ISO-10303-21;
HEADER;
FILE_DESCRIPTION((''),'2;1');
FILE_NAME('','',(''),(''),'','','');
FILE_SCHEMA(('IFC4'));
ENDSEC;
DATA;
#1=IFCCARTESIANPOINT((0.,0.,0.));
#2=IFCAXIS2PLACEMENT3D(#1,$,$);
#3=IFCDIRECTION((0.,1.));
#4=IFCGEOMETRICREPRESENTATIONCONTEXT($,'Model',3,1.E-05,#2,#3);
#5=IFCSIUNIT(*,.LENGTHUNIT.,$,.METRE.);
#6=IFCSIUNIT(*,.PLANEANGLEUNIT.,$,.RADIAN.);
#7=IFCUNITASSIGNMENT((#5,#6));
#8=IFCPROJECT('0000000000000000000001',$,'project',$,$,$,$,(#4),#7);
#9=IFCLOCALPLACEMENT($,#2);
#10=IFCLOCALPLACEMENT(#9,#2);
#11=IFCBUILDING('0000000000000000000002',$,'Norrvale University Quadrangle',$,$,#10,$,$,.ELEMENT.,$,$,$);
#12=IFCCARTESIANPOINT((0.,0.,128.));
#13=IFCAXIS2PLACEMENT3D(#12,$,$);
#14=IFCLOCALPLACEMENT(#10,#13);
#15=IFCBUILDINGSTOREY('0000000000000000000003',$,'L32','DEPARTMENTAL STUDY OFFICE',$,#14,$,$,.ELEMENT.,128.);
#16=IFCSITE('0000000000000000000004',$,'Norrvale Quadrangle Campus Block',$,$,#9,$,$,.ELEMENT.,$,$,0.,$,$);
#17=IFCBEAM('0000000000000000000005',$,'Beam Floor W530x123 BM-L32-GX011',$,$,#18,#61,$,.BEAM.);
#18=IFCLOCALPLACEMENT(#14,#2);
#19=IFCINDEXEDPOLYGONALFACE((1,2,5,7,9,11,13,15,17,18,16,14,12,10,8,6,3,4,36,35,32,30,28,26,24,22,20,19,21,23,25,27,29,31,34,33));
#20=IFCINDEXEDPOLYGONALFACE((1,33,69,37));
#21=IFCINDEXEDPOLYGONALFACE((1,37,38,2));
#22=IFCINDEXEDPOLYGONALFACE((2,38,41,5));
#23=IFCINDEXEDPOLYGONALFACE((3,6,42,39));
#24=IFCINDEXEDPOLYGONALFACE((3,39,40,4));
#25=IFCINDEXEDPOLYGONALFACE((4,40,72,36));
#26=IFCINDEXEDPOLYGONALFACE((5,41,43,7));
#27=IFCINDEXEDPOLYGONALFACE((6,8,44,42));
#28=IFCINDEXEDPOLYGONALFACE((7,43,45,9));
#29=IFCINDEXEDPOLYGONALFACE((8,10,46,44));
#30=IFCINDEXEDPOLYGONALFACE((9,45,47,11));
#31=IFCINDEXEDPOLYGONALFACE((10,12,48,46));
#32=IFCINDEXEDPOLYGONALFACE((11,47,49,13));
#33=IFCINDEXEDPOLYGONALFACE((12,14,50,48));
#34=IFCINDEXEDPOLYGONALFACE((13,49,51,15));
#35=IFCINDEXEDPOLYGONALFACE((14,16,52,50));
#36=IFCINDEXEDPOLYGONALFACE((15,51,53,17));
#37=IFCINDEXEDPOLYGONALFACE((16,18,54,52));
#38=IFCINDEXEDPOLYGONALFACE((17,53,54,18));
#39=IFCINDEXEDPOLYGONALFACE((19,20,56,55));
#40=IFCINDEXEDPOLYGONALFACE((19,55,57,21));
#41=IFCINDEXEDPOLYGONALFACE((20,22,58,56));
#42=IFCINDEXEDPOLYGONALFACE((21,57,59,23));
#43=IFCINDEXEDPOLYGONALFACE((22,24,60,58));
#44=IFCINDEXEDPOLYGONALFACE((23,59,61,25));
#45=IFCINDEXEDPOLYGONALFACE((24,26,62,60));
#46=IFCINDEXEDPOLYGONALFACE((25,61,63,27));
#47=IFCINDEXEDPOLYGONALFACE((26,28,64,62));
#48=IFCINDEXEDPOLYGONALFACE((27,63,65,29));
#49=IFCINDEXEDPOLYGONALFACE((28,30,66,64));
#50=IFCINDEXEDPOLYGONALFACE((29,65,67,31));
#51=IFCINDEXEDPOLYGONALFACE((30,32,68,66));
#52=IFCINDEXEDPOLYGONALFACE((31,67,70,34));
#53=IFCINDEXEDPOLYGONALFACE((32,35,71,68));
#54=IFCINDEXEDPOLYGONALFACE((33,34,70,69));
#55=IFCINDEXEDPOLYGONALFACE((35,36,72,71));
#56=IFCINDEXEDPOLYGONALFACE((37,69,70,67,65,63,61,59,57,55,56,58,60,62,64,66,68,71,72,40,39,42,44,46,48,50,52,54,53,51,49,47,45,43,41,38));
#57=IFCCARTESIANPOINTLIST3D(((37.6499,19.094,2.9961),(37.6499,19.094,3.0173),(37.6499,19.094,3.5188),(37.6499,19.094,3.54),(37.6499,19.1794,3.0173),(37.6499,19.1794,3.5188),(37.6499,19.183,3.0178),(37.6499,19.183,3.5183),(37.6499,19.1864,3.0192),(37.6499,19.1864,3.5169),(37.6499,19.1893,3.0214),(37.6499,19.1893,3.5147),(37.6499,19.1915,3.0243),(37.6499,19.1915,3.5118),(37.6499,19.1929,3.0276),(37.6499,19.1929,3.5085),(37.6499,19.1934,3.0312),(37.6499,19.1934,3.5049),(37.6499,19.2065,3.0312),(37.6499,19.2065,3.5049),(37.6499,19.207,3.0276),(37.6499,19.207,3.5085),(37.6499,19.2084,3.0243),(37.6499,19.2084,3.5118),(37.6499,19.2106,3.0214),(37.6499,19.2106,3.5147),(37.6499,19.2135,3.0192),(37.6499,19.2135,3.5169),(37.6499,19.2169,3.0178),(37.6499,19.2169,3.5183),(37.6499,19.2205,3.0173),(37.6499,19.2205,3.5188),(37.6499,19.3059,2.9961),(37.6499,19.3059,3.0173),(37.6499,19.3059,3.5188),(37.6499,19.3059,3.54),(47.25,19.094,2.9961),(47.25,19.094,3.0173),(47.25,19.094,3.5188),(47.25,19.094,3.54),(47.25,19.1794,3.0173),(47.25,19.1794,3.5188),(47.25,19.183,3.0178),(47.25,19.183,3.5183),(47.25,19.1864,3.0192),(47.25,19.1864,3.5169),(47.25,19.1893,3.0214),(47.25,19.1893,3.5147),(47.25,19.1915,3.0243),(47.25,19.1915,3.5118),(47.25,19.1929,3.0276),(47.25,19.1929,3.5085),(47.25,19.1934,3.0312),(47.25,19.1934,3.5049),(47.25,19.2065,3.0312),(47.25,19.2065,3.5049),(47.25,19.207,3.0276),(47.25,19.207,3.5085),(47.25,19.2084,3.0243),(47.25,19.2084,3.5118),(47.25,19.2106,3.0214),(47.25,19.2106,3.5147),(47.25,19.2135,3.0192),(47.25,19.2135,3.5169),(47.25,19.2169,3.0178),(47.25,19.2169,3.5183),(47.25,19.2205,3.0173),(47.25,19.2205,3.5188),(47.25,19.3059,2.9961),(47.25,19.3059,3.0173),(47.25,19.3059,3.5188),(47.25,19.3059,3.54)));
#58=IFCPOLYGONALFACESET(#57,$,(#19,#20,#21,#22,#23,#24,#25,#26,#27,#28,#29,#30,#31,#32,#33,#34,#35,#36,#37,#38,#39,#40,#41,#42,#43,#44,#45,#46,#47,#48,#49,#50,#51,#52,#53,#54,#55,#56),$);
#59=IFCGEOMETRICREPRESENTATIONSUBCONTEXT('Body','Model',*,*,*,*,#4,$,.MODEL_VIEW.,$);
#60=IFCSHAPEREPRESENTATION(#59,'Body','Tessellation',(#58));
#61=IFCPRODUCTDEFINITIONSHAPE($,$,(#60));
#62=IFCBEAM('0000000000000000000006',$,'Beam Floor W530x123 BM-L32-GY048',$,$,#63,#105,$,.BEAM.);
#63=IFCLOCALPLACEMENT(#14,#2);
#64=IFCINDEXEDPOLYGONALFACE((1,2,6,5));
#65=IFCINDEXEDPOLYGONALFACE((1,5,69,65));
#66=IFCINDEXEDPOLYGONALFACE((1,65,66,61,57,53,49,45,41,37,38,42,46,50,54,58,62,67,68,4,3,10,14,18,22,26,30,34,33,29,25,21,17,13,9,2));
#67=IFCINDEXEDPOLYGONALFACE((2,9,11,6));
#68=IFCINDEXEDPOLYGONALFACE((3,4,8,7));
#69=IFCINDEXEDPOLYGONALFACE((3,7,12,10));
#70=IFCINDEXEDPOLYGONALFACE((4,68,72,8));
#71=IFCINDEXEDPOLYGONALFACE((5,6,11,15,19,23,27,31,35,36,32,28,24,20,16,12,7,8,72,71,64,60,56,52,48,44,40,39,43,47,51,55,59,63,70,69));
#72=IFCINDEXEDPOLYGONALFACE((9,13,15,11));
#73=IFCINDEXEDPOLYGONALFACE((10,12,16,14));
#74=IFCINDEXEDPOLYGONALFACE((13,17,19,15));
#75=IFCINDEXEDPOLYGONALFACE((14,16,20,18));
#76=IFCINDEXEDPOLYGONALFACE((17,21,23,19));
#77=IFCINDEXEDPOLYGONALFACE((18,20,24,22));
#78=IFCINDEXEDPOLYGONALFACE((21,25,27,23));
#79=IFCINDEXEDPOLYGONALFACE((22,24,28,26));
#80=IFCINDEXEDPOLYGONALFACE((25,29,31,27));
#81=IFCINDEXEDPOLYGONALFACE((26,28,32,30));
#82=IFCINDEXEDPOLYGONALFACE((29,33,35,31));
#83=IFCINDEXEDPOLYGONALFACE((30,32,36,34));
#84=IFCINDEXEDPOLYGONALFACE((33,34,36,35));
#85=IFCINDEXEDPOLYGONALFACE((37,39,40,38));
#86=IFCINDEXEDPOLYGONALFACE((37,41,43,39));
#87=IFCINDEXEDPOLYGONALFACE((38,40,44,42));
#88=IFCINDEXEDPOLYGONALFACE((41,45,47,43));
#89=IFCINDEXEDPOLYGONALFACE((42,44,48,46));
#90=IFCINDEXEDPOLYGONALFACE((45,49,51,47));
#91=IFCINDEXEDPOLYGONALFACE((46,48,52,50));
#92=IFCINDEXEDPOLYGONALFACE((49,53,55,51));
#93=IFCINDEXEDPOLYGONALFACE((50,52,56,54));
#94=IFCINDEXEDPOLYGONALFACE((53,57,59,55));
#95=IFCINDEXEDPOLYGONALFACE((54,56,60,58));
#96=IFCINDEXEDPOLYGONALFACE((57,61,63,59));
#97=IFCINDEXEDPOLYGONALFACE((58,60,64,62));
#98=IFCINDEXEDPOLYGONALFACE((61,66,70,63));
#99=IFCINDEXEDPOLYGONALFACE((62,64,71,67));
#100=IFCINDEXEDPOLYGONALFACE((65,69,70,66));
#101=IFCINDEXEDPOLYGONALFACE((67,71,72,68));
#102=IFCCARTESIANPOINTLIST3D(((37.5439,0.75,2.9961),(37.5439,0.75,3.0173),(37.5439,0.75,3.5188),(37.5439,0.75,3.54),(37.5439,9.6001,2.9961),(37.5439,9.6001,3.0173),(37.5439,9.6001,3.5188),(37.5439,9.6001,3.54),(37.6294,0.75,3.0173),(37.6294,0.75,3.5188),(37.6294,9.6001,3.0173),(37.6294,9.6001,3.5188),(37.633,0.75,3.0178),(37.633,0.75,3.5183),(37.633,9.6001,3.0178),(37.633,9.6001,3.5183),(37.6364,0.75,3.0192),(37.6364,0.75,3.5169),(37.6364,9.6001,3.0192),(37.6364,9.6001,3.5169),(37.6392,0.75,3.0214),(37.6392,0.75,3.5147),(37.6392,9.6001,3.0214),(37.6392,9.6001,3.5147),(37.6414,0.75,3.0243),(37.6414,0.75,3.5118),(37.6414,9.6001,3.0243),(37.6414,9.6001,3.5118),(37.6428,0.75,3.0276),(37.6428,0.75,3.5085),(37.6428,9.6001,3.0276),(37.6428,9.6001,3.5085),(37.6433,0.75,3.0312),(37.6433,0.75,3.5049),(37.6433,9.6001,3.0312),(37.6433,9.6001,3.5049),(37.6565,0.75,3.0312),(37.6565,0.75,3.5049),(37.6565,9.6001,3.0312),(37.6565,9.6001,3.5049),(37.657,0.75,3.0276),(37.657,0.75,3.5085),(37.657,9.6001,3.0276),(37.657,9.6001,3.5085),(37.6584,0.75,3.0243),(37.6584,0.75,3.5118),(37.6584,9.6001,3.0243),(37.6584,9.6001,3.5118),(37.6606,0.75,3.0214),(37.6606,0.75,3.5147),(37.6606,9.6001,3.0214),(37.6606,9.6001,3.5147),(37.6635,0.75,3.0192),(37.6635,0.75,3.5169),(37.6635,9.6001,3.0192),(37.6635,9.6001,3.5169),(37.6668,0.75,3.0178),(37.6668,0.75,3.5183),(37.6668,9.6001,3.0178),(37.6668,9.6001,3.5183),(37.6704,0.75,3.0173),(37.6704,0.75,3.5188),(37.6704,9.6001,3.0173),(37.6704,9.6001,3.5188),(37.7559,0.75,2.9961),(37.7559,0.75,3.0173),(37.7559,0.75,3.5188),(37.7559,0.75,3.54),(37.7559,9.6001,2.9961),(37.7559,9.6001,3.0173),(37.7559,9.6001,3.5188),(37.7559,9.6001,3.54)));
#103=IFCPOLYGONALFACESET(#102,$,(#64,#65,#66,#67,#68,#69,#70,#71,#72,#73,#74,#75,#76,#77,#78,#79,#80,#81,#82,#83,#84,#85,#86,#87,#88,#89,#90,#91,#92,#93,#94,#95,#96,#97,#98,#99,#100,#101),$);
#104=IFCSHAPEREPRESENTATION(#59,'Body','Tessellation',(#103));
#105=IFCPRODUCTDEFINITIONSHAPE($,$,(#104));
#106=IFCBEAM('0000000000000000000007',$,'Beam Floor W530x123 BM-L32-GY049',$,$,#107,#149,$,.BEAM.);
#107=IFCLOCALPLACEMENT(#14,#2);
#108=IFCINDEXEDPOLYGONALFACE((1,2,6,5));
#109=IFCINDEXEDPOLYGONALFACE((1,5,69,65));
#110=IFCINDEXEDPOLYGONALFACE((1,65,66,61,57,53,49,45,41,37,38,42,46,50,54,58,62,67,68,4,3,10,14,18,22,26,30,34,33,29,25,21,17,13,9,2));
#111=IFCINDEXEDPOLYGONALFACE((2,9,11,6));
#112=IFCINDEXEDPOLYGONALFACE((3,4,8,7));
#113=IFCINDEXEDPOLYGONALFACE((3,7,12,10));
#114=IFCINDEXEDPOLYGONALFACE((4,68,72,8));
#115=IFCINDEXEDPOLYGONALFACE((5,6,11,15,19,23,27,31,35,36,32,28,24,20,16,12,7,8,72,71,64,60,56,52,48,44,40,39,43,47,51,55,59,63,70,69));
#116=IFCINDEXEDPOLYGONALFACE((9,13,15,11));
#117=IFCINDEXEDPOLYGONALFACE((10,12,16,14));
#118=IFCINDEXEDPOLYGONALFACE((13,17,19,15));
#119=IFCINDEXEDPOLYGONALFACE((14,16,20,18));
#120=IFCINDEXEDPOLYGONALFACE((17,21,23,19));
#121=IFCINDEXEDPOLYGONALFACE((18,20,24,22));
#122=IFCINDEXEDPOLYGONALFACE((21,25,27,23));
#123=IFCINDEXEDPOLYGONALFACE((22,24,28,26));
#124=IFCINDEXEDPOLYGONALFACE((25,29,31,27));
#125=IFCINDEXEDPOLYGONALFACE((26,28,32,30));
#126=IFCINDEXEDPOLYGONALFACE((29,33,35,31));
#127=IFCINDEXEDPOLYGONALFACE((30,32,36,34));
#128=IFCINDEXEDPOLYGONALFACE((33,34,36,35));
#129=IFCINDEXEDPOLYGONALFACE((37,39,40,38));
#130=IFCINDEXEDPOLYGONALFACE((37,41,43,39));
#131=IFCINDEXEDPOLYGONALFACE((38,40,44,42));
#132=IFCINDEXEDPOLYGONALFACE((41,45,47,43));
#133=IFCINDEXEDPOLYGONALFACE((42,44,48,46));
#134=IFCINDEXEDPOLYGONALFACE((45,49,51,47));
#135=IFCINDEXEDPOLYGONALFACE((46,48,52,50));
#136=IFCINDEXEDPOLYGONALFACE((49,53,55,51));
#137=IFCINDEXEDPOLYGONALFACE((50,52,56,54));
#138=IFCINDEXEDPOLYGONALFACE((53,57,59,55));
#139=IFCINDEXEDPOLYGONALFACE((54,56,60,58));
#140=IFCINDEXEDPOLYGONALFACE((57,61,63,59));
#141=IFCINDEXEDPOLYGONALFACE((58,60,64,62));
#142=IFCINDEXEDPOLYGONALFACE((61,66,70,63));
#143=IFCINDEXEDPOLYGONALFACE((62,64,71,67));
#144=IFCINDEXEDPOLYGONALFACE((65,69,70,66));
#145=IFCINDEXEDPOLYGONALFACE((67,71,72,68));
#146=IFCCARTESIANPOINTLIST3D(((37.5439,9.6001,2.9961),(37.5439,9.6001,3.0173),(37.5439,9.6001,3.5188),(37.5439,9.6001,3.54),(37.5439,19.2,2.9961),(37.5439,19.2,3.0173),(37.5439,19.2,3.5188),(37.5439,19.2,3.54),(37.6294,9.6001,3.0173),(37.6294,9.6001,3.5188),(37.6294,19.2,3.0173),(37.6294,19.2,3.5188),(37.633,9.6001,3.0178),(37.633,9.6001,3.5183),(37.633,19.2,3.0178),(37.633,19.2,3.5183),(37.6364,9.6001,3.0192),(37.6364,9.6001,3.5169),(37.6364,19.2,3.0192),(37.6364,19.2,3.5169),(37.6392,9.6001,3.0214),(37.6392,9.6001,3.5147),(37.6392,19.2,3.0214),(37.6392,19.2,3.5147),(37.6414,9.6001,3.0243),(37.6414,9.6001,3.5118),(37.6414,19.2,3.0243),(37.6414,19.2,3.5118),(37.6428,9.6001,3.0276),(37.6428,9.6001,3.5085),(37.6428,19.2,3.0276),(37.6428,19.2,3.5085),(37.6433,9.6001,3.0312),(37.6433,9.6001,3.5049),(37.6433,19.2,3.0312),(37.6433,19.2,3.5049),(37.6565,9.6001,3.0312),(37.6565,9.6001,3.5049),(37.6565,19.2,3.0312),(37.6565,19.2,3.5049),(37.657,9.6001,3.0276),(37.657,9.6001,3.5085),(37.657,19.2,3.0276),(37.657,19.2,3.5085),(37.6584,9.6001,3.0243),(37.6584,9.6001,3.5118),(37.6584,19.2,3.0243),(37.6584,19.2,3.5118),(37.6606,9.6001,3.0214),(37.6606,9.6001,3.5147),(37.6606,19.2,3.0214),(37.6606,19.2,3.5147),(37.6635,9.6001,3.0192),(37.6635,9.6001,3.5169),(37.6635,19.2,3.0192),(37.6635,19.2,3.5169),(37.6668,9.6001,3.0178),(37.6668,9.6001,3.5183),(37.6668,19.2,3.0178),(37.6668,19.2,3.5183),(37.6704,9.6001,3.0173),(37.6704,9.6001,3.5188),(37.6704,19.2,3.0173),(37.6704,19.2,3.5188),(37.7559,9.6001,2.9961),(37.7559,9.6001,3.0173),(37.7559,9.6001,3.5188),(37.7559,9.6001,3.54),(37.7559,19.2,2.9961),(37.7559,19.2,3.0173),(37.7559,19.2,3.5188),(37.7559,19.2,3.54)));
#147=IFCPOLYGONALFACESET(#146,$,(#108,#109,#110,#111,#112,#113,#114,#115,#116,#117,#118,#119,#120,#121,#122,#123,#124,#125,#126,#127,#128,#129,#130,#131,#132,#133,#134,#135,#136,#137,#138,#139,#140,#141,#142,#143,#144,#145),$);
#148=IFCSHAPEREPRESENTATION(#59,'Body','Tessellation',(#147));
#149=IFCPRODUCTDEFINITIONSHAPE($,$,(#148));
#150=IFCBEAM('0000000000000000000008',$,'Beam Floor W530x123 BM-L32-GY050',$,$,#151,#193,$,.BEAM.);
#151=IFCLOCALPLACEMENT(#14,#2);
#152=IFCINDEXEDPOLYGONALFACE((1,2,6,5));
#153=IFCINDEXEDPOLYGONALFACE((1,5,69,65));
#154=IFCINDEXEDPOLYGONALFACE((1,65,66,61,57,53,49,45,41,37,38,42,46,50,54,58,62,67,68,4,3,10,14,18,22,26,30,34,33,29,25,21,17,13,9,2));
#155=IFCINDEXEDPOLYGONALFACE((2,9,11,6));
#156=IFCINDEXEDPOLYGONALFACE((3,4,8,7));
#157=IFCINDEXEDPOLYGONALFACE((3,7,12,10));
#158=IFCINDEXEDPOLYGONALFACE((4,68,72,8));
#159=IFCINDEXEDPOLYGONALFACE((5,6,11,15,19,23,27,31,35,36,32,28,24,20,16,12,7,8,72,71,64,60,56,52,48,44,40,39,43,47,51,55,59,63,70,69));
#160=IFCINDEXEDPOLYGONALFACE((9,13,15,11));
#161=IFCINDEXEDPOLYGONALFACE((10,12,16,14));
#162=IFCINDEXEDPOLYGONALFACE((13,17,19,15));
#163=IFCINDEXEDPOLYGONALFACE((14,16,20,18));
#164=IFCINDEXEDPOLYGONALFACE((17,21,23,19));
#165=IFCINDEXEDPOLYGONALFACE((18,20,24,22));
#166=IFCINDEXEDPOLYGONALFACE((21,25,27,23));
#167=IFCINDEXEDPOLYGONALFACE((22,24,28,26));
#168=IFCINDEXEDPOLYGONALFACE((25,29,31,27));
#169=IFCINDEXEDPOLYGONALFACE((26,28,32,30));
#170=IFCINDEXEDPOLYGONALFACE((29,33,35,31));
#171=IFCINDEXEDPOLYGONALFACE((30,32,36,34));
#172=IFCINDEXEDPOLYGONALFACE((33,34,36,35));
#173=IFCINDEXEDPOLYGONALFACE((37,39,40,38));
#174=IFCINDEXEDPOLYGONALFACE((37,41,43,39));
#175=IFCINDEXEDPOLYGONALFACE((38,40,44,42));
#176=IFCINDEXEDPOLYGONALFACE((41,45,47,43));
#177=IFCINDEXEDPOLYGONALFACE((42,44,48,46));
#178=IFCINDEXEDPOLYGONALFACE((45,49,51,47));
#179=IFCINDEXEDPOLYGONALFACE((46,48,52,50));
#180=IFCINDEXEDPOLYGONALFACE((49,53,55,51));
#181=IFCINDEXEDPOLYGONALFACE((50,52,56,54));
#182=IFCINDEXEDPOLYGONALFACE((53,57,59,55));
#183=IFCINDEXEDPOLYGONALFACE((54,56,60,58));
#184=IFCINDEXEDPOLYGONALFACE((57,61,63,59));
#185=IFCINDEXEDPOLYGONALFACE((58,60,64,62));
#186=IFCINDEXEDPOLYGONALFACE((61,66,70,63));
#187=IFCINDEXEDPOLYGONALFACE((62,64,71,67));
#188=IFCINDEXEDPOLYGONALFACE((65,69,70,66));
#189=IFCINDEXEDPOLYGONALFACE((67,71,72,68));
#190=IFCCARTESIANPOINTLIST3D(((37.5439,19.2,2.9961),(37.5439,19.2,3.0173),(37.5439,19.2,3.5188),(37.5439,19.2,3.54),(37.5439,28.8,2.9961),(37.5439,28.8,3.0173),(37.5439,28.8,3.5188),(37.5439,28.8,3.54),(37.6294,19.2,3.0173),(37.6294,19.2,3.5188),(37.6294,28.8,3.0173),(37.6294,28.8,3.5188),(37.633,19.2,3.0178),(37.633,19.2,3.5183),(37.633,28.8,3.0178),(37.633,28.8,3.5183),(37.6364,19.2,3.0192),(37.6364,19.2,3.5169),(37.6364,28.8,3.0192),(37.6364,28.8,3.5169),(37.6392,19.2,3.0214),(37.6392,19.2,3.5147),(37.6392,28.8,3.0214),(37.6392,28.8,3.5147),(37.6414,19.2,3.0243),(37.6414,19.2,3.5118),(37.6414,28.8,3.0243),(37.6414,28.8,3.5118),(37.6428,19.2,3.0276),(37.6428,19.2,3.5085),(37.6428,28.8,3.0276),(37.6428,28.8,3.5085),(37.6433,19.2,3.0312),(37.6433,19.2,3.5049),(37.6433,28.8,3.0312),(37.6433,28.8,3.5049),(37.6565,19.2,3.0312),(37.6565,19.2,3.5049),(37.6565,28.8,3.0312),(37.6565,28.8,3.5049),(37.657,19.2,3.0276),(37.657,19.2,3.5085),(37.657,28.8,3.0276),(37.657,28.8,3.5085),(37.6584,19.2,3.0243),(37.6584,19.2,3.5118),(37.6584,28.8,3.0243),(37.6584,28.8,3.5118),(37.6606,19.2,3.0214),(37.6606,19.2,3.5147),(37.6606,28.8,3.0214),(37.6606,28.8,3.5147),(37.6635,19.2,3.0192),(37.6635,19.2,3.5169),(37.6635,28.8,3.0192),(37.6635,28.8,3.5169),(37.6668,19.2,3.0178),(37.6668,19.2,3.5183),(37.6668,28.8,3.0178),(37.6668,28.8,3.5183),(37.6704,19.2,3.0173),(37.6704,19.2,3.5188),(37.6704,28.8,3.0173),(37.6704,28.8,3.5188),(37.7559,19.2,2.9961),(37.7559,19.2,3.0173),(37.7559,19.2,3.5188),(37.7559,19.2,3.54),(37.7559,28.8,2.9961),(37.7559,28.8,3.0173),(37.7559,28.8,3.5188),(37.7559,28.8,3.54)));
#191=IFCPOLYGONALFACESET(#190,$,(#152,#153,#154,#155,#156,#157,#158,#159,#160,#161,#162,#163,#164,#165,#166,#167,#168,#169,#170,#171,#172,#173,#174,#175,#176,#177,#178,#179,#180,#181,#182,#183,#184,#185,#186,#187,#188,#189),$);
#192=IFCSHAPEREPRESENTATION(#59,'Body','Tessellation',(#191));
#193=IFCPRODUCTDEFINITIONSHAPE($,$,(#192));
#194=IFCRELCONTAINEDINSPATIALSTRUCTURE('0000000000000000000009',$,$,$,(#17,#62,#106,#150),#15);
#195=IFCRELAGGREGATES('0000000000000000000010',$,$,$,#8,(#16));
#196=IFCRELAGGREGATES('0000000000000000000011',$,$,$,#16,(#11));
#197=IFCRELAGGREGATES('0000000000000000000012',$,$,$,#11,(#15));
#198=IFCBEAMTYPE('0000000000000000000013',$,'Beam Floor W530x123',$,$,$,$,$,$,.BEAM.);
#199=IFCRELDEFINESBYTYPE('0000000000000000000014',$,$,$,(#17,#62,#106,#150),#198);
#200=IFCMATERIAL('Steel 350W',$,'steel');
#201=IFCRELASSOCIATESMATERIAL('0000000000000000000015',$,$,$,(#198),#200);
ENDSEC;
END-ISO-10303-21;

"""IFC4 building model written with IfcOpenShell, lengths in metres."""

from ifc_helpers import new_model, si_unit, direction, frame, origin, origin_2d, place, context, subcontext, project, spatial, i_section, extrude, material, material_profile, profile_set, type_object, element, save


model = new_model("IFC4")

# Units and contexts
model_context = context("Model", 3, precision=1e-05, world=origin(), true_north=direction((0.0, 1.0)))
body_context = subcontext(model_context, "Body", "Model", "MODEL_VIEW")
ifc_project = project(units=[si_unit("LENGTHUNIT", "METRE"), si_unit("PLANEANGLEUNIT", "RADIAN")], contexts=[model_context])

# Site, building, storey
site_placement = place(None, origin())
site = spatial("IfcSite", under=ifc_project, at=site_placement, Name="Norrvale Quadrangle Campus Block", CompositionType="ELEMENT", RefElevation=0.0)
building_placement = place(site_placement, origin())
building = spatial("IfcBuilding", under=site, at=building_placement, Name="Norrvale University Quadrangle", CompositionType="ELEMENT")
storey_placement = place(building_placement, frame((0.0, 0.0, 128.0)))
storey = spatial("IfcBuildingStorey", under=building, at=storey_placement, Name="L32", Description="DEPARTMENTAL STUDY OFFICE", CompositionType="ELEMENT", Elevation=128.0)

# Beams
ifc_material_1 = material(Name="Steel 350W", Category="steel")
ifc_material_profile_1 = material_profile(ifc_material_1, i_section(OverallWidth=0.2119, OverallDepth=0.5439, WebThickness=0.0132, FlangeThickness=0.0212, FilletRadius=0.0139, at=origin_2d()), Name="Steel 350W")
ifc_profile_set_1 = profile_set([ifc_material_profile_1], Name="Steel 350W")
beam_type_1 = type_object("IfcBeamType", Name="Beam Floor W530x123", PredefinedType="BEAM", material=ifc_profile_set_1)
for number, where, z_axis, x_axis, name in (
    (1, (37.6499, 19.2, 3.2681), (1.0, 0.0, 0.0), (0.0, 1.0, 0.0), "Beam Floor W530x123 BM-L32-GX011"),
):
    element("IfcBeam", number, at=place(storey_placement, frame(where, z_axis=z_axis, x_axis=x_axis)), inside=storey, type_object=beam_type_1, Name=name, PredefinedType="BEAM", context=body_context, shape_type="SweptSolid", body=[
        extrude(i_section(OverallWidth=0.2119, OverallDepth=0.5439, WebThickness=0.0132, FlangeThickness=0.0212, FilletRadius=0.0139, at=origin_2d()), origin(), (0.0, 0.0, 1.0), 9.6001),
    ])
beam_1_placement = place(storey_placement, frame((37.6499, 0.75, 3.2681), z_axis=(0.0, 1.0, 0.0), x_axis=(-1.0, 0.0, 0.0)))
element("IfcBeam", 2, at=beam_1_placement, inside=storey, type_object=beam_type_1, Name="Beam Floor W530x123 BM-L32-GY048", PredefinedType="BEAM", context=body_context, shape_type="SweptSolid", body=[
    extrude(i_section(OverallWidth=0.2119, OverallDepth=0.5439, WebThickness=0.0132, FlangeThickness=0.0212, FilletRadius=0.0139, at=origin_2d()), origin(), (0.0, 0.0, 1.0), 8.8501),
])
beam_2_placement = place(storey_placement, frame((37.6499, 9.6001, 3.2681), z_axis=(0.0, 1.0, 0.0), x_axis=(-1.0, 0.0, 0.0)))
element("IfcBeam", 3, at=beam_2_placement, inside=storey, type_object=beam_type_1, Name="Beam Floor W530x123 BM-L32-GY049", PredefinedType="BEAM", context=body_context, shape_type="SweptSolid", body=[
    extrude(i_section(OverallWidth=0.2119, OverallDepth=0.5439, WebThickness=0.0132, FlangeThickness=0.0212, FilletRadius=0.0139, at=origin_2d()), origin(), (0.0, 0.0, 1.0), 9.5999),
])
beam_3_placement = place(storey_placement, frame((37.6499, 19.2, 3.2681), z_axis=(0.0, 1.0, 0.0), x_axis=(-1.0, 0.0, 0.0)))
element("IfcBeam", 4, at=beam_3_placement, inside=storey, type_object=beam_type_1, Name="Beam Floor W530x123 BM-L32-GY050", PredefinedType="BEAM", context=body_context, shape_type="SweptSolid", body=[
    extrude(i_section(OverallWidth=0.2119, OverallDepth=0.5439, WebThickness=0.0132, FlangeThickness=0.0212, FilletRadius=0.0139, at=origin_2d()), origin(), (0.0, 0.0, 1.0), 9.6001),
])

save(model, "model.ifc")
